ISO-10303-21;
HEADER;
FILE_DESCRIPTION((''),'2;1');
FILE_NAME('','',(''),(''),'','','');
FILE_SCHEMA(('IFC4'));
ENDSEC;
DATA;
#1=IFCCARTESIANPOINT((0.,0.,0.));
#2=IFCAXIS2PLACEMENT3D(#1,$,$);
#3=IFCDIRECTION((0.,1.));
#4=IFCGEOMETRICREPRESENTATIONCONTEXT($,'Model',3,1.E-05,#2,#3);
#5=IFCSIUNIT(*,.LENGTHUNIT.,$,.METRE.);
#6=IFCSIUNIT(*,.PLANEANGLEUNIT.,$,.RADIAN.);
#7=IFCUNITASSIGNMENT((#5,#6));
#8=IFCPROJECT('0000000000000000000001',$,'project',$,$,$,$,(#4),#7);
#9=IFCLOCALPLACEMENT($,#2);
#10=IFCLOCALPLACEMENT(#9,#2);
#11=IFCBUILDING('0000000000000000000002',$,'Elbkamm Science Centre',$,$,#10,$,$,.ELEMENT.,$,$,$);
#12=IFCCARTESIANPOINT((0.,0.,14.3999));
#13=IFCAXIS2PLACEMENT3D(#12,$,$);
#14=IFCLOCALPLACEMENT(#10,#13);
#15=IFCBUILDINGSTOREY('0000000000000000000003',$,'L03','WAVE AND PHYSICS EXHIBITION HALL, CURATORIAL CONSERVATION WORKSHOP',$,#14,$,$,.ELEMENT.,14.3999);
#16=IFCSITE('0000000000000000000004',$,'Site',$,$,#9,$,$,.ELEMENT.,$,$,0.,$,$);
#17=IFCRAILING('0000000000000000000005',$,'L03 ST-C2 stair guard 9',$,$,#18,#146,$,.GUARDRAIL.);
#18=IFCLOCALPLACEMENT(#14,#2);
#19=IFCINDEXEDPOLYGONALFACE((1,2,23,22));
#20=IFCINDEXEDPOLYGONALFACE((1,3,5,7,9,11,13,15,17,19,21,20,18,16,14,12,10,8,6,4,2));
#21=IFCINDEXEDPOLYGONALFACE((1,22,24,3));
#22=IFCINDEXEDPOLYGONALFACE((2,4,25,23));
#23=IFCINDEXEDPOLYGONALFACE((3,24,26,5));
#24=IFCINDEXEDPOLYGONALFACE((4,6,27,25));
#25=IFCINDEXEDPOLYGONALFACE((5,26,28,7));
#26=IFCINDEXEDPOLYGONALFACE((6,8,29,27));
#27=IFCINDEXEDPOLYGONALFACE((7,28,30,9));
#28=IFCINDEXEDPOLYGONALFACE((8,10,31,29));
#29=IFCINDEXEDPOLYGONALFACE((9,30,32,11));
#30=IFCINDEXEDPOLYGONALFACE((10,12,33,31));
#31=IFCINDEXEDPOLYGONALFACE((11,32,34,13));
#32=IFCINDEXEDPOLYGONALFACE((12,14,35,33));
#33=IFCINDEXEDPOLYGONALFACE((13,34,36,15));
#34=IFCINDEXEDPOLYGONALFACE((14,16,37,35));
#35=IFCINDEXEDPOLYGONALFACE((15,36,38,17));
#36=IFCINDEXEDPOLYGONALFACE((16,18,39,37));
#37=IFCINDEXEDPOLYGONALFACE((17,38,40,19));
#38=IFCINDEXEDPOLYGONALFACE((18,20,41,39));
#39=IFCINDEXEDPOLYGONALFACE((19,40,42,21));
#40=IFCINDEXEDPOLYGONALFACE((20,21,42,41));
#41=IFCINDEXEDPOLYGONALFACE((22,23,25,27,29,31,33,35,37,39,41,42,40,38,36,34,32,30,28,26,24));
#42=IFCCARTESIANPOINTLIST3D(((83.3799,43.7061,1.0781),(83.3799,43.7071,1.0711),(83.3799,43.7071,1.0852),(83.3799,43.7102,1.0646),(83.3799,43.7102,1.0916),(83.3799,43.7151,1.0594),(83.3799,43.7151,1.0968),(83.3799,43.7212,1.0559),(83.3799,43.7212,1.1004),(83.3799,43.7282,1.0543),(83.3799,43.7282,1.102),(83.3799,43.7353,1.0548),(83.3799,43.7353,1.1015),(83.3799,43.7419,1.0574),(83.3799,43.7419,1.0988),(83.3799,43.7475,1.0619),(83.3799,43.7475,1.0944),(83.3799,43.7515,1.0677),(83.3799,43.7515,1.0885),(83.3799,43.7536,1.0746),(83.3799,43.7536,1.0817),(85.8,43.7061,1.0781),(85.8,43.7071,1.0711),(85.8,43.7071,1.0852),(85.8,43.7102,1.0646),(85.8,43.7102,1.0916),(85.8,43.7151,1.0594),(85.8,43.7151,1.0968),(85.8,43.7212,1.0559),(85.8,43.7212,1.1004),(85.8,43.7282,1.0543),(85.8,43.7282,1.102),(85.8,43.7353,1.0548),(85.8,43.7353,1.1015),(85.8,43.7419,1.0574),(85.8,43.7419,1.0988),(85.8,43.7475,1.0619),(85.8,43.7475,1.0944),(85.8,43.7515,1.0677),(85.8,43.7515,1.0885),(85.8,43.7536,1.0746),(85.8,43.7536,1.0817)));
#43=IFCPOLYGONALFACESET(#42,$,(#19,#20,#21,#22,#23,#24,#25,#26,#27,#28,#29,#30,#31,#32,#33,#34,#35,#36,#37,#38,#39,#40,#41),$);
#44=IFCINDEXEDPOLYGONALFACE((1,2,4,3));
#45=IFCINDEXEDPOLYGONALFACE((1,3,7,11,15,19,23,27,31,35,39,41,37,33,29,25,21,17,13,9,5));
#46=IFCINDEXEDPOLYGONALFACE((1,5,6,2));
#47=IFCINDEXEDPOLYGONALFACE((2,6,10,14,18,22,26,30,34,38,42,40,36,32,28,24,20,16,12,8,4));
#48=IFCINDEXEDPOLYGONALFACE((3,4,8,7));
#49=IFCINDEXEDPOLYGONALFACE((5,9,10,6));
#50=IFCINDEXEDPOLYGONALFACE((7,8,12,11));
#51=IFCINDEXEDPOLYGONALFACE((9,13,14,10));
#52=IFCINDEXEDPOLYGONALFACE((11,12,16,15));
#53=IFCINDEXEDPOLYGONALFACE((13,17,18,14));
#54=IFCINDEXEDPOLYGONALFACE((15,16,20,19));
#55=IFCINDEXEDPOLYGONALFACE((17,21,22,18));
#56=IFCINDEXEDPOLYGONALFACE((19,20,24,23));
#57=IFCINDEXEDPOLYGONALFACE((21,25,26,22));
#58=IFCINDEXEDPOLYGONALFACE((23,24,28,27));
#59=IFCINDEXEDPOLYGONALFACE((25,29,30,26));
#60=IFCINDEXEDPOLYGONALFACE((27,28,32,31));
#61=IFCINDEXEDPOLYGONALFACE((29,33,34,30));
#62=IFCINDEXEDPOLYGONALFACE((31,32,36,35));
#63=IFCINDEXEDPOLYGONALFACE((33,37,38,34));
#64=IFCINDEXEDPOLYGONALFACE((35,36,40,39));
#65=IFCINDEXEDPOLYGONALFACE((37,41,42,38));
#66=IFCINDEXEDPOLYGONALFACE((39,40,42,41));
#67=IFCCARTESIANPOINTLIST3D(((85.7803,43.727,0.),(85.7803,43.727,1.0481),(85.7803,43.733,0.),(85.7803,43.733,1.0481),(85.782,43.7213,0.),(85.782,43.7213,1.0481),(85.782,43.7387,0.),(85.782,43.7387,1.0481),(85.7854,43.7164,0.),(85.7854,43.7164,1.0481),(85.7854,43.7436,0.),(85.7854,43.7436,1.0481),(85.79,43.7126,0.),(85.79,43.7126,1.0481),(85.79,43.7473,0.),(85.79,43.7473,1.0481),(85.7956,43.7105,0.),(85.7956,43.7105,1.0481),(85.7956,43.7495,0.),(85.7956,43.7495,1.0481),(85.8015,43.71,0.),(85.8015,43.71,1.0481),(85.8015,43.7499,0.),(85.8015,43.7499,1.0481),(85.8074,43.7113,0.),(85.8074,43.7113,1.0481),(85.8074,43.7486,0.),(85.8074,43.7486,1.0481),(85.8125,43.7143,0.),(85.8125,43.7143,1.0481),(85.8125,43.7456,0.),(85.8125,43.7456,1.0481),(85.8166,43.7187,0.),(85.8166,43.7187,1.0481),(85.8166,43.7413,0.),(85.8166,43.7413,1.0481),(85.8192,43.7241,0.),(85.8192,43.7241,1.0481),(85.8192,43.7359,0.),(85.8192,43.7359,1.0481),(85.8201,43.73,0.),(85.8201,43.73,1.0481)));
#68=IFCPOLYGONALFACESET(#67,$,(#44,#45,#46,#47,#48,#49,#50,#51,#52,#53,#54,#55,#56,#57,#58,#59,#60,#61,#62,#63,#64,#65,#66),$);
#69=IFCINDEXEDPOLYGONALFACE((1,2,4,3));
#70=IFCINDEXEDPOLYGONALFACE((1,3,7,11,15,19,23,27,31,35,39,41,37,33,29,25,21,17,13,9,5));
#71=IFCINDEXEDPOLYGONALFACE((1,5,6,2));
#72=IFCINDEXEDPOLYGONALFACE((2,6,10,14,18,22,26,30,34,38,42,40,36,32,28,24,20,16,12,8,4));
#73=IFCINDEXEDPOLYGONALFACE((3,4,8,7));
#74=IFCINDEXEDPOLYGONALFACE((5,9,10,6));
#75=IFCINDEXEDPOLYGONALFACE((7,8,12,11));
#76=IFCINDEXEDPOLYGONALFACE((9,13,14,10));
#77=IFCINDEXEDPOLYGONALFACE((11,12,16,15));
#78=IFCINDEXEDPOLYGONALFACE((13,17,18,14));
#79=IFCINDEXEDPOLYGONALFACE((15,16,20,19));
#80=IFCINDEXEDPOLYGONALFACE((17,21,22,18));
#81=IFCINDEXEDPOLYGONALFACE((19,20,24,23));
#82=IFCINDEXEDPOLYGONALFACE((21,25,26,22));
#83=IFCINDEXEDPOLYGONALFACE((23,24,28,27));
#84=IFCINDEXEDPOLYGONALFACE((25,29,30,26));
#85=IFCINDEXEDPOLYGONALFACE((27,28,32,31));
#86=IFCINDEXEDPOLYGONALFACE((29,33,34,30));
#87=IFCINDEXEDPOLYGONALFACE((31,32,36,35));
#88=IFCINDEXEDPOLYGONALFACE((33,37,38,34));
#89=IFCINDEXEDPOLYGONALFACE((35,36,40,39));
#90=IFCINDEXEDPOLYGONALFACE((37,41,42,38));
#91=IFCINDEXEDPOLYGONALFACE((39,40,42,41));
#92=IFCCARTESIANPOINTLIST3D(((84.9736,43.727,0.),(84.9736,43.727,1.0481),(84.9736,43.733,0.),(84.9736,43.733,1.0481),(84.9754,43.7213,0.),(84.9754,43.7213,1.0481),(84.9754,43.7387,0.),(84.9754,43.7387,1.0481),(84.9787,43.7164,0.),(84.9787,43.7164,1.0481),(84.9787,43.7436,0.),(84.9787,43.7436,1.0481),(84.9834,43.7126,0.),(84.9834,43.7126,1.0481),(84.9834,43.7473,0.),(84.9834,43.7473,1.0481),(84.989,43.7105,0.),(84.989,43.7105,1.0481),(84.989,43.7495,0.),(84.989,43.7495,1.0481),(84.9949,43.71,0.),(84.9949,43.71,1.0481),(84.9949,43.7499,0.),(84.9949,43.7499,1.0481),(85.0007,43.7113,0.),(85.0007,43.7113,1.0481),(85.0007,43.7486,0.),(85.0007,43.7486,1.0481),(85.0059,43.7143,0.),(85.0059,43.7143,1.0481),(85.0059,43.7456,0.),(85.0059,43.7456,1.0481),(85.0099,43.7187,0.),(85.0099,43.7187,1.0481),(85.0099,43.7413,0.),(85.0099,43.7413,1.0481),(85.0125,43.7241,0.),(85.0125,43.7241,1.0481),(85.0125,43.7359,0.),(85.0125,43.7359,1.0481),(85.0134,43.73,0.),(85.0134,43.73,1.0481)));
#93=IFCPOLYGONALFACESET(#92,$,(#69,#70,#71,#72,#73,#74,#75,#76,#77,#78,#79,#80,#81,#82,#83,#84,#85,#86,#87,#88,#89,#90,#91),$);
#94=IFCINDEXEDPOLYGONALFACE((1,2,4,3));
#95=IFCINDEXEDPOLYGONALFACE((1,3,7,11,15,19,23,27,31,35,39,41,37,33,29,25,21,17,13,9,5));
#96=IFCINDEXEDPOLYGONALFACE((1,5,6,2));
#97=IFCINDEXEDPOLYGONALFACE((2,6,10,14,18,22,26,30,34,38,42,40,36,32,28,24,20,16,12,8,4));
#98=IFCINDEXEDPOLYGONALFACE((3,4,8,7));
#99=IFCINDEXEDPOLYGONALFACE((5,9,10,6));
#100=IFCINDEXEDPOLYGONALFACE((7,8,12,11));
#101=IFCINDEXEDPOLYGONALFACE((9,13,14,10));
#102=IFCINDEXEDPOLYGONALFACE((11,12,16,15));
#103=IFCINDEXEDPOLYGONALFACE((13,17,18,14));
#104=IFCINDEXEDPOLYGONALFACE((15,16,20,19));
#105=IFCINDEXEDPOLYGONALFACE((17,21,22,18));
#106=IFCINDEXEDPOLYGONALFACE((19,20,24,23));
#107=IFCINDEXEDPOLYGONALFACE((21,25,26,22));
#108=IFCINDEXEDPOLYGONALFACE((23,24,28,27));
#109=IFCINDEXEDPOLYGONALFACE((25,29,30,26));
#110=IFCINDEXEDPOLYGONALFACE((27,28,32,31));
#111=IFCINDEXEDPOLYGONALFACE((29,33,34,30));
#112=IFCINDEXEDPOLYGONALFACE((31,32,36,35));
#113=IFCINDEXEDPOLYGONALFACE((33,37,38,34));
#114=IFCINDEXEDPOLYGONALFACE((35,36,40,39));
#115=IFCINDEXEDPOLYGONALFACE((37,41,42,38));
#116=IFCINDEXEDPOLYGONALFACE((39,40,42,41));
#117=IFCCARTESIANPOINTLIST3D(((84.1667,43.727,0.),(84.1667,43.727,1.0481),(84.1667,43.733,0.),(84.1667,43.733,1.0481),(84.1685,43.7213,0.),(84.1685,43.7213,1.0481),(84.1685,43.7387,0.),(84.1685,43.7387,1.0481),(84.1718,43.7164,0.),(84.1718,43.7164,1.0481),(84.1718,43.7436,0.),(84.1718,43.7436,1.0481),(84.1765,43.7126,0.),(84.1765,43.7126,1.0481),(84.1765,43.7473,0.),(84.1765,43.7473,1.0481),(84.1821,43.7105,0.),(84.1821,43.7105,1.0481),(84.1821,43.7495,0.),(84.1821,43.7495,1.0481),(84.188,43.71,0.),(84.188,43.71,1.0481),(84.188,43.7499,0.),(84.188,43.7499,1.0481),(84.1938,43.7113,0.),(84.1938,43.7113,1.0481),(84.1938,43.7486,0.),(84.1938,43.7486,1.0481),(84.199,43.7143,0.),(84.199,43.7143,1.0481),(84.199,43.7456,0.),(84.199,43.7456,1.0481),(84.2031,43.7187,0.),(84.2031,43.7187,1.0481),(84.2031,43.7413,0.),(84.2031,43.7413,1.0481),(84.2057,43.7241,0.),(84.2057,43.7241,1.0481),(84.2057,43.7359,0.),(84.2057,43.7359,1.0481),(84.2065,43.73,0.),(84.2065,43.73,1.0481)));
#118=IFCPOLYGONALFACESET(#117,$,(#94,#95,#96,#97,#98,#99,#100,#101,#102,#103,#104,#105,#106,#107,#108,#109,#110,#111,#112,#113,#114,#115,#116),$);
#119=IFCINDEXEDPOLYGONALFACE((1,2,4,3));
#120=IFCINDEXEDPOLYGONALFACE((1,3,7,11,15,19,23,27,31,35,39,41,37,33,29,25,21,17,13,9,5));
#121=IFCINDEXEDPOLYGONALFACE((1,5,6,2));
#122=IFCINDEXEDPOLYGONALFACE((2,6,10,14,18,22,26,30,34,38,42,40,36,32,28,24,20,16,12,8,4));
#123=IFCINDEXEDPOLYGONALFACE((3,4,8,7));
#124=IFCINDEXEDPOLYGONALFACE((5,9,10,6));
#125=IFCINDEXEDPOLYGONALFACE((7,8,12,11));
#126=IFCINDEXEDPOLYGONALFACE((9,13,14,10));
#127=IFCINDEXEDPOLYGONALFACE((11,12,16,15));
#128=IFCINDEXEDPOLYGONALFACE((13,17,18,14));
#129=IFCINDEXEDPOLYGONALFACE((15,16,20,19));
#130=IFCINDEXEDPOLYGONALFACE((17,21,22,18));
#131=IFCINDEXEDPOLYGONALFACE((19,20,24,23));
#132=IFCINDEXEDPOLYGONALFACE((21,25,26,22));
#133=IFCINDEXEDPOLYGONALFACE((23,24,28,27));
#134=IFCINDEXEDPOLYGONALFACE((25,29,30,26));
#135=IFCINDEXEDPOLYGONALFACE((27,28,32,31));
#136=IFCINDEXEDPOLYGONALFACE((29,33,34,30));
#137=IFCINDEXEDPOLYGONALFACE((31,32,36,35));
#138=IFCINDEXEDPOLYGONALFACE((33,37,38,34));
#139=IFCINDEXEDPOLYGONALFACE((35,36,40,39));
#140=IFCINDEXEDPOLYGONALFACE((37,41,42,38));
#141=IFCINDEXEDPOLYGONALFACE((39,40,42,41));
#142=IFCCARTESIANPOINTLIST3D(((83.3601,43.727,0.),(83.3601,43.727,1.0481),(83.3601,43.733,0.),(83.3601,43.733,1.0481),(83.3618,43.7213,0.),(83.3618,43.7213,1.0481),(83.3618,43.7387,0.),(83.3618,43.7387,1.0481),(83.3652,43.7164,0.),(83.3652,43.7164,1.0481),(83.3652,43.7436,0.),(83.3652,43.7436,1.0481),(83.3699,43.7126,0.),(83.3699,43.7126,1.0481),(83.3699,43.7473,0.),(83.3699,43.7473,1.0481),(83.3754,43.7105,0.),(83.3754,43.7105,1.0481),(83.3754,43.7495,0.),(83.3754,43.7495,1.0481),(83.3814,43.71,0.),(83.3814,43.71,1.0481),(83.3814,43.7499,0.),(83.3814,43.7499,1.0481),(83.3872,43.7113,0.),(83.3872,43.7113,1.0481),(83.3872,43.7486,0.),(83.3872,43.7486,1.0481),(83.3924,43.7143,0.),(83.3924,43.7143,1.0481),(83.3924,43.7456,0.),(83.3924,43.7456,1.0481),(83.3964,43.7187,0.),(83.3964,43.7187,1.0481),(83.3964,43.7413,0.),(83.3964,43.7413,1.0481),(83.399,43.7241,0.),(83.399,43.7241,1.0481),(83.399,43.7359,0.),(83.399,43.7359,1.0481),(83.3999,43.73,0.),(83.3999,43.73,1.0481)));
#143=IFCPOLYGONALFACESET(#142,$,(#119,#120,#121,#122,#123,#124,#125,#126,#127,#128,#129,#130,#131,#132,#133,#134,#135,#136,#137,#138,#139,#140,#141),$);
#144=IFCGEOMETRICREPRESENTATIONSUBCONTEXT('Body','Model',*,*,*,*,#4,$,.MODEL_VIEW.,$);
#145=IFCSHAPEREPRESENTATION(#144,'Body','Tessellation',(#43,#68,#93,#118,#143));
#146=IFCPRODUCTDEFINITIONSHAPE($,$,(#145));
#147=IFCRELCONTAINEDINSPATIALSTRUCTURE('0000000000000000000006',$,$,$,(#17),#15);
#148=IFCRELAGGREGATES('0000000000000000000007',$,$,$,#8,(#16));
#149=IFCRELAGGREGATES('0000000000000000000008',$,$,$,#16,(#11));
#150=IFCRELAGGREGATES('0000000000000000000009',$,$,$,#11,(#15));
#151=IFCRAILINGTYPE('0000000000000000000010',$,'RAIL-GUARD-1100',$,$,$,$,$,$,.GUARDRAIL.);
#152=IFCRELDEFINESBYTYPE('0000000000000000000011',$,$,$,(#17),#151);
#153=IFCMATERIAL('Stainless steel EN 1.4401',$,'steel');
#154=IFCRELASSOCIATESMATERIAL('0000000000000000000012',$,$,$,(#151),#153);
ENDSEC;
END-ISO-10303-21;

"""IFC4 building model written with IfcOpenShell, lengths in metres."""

from ifc_helpers import new_model, si_unit, direction, frame, origin, origin_2d, place, context, subcontext, project, spatial, circle, extrude, material, type_object, element, save


model = new_model("IFC4")

# Units and contexts
model_context = context("Model", 3, precision=1e-05, world=origin(), true_north=direction((0.0, 1.0)))
body_context = subcontext(model_context, "Body", "Model", "MODEL_VIEW")
ifc_project = project(units=[si_unit("LENGTHUNIT", "METRE"), si_unit("PLANEANGLEUNIT", "RADIAN")], contexts=[model_context])

# Site, building, storey
site_placement = place(None, origin())
site = spatial("IfcSite", under=ifc_project, at=site_placement, Name="Site", CompositionType="ELEMENT", RefElevation=0.0)
building_placement = place(site_placement, origin())
building = spatial("IfcBuilding", under=site, at=building_placement, Name="Elbkamm Science Centre", CompositionType="ELEMENT")
storey_placement = place(building_placement, frame((0.0, 0.0, 14.3999)))
storey = spatial("IfcBuildingStorey", under=building, at=storey_placement, Name="L03", Description="WAVE AND PHYSICS EXHIBITION HALL, CURATORIAL CONSERVATION WORKSHOP", CompositionType="ELEMENT", Elevation=14.3999)

# Railing
ifc_material_1 = material(Name="Stainless steel EN 1.4401", Category="steel")
railing_type_1 = type_object("IfcRailingType", Name="RAIL-GUARD-1100", PredefinedType="GUARDRAIL", material=ifc_material_1)
for number, where, name in (
    (1, (85.8, 43.73, 0.0), "L03 ST-C2 stair guard 9"),
):
    element("IfcRailing", number, at=place(storey_placement, frame(where)), inside=storey, type_object=railing_type_1, Name=name, PredefinedType="GUARDRAIL", context=body_context, shape_type="SweptSolid", body=[
        extrude(circle(Radius=0.0239, at=origin_2d()), frame((0.0, 0.0, 1.0781), z_axis=(-1.0, 0.0, 0.0), x_axis=(0.0, -1.0, 0.0)), (0.0, 0.0, 1.0), 2.4202),
        extrude(circle(Radius=0.02, at=origin_2d()), origin(), (0.0, 0.0, 1.0), 1.0481),
        extrude(circle(Radius=0.02, at=origin_2d()), frame((-0.8066, 0.0, 0.0)), (0.0, 0.0, 1.0), 1.0481),
        extrude(circle(Radius=0.02, at=origin_2d()), frame((-1.6135, 0.0, 0.0)), (0.0, 0.0, 1.0), 1.0481),
        extrude(circle(Radius=0.02, at=origin_2d()), frame((-2.4202, 0.0, 0.0)), (0.0, 0.0, 1.0), 1.0481),
    ])

save(model, "model.ifc")
